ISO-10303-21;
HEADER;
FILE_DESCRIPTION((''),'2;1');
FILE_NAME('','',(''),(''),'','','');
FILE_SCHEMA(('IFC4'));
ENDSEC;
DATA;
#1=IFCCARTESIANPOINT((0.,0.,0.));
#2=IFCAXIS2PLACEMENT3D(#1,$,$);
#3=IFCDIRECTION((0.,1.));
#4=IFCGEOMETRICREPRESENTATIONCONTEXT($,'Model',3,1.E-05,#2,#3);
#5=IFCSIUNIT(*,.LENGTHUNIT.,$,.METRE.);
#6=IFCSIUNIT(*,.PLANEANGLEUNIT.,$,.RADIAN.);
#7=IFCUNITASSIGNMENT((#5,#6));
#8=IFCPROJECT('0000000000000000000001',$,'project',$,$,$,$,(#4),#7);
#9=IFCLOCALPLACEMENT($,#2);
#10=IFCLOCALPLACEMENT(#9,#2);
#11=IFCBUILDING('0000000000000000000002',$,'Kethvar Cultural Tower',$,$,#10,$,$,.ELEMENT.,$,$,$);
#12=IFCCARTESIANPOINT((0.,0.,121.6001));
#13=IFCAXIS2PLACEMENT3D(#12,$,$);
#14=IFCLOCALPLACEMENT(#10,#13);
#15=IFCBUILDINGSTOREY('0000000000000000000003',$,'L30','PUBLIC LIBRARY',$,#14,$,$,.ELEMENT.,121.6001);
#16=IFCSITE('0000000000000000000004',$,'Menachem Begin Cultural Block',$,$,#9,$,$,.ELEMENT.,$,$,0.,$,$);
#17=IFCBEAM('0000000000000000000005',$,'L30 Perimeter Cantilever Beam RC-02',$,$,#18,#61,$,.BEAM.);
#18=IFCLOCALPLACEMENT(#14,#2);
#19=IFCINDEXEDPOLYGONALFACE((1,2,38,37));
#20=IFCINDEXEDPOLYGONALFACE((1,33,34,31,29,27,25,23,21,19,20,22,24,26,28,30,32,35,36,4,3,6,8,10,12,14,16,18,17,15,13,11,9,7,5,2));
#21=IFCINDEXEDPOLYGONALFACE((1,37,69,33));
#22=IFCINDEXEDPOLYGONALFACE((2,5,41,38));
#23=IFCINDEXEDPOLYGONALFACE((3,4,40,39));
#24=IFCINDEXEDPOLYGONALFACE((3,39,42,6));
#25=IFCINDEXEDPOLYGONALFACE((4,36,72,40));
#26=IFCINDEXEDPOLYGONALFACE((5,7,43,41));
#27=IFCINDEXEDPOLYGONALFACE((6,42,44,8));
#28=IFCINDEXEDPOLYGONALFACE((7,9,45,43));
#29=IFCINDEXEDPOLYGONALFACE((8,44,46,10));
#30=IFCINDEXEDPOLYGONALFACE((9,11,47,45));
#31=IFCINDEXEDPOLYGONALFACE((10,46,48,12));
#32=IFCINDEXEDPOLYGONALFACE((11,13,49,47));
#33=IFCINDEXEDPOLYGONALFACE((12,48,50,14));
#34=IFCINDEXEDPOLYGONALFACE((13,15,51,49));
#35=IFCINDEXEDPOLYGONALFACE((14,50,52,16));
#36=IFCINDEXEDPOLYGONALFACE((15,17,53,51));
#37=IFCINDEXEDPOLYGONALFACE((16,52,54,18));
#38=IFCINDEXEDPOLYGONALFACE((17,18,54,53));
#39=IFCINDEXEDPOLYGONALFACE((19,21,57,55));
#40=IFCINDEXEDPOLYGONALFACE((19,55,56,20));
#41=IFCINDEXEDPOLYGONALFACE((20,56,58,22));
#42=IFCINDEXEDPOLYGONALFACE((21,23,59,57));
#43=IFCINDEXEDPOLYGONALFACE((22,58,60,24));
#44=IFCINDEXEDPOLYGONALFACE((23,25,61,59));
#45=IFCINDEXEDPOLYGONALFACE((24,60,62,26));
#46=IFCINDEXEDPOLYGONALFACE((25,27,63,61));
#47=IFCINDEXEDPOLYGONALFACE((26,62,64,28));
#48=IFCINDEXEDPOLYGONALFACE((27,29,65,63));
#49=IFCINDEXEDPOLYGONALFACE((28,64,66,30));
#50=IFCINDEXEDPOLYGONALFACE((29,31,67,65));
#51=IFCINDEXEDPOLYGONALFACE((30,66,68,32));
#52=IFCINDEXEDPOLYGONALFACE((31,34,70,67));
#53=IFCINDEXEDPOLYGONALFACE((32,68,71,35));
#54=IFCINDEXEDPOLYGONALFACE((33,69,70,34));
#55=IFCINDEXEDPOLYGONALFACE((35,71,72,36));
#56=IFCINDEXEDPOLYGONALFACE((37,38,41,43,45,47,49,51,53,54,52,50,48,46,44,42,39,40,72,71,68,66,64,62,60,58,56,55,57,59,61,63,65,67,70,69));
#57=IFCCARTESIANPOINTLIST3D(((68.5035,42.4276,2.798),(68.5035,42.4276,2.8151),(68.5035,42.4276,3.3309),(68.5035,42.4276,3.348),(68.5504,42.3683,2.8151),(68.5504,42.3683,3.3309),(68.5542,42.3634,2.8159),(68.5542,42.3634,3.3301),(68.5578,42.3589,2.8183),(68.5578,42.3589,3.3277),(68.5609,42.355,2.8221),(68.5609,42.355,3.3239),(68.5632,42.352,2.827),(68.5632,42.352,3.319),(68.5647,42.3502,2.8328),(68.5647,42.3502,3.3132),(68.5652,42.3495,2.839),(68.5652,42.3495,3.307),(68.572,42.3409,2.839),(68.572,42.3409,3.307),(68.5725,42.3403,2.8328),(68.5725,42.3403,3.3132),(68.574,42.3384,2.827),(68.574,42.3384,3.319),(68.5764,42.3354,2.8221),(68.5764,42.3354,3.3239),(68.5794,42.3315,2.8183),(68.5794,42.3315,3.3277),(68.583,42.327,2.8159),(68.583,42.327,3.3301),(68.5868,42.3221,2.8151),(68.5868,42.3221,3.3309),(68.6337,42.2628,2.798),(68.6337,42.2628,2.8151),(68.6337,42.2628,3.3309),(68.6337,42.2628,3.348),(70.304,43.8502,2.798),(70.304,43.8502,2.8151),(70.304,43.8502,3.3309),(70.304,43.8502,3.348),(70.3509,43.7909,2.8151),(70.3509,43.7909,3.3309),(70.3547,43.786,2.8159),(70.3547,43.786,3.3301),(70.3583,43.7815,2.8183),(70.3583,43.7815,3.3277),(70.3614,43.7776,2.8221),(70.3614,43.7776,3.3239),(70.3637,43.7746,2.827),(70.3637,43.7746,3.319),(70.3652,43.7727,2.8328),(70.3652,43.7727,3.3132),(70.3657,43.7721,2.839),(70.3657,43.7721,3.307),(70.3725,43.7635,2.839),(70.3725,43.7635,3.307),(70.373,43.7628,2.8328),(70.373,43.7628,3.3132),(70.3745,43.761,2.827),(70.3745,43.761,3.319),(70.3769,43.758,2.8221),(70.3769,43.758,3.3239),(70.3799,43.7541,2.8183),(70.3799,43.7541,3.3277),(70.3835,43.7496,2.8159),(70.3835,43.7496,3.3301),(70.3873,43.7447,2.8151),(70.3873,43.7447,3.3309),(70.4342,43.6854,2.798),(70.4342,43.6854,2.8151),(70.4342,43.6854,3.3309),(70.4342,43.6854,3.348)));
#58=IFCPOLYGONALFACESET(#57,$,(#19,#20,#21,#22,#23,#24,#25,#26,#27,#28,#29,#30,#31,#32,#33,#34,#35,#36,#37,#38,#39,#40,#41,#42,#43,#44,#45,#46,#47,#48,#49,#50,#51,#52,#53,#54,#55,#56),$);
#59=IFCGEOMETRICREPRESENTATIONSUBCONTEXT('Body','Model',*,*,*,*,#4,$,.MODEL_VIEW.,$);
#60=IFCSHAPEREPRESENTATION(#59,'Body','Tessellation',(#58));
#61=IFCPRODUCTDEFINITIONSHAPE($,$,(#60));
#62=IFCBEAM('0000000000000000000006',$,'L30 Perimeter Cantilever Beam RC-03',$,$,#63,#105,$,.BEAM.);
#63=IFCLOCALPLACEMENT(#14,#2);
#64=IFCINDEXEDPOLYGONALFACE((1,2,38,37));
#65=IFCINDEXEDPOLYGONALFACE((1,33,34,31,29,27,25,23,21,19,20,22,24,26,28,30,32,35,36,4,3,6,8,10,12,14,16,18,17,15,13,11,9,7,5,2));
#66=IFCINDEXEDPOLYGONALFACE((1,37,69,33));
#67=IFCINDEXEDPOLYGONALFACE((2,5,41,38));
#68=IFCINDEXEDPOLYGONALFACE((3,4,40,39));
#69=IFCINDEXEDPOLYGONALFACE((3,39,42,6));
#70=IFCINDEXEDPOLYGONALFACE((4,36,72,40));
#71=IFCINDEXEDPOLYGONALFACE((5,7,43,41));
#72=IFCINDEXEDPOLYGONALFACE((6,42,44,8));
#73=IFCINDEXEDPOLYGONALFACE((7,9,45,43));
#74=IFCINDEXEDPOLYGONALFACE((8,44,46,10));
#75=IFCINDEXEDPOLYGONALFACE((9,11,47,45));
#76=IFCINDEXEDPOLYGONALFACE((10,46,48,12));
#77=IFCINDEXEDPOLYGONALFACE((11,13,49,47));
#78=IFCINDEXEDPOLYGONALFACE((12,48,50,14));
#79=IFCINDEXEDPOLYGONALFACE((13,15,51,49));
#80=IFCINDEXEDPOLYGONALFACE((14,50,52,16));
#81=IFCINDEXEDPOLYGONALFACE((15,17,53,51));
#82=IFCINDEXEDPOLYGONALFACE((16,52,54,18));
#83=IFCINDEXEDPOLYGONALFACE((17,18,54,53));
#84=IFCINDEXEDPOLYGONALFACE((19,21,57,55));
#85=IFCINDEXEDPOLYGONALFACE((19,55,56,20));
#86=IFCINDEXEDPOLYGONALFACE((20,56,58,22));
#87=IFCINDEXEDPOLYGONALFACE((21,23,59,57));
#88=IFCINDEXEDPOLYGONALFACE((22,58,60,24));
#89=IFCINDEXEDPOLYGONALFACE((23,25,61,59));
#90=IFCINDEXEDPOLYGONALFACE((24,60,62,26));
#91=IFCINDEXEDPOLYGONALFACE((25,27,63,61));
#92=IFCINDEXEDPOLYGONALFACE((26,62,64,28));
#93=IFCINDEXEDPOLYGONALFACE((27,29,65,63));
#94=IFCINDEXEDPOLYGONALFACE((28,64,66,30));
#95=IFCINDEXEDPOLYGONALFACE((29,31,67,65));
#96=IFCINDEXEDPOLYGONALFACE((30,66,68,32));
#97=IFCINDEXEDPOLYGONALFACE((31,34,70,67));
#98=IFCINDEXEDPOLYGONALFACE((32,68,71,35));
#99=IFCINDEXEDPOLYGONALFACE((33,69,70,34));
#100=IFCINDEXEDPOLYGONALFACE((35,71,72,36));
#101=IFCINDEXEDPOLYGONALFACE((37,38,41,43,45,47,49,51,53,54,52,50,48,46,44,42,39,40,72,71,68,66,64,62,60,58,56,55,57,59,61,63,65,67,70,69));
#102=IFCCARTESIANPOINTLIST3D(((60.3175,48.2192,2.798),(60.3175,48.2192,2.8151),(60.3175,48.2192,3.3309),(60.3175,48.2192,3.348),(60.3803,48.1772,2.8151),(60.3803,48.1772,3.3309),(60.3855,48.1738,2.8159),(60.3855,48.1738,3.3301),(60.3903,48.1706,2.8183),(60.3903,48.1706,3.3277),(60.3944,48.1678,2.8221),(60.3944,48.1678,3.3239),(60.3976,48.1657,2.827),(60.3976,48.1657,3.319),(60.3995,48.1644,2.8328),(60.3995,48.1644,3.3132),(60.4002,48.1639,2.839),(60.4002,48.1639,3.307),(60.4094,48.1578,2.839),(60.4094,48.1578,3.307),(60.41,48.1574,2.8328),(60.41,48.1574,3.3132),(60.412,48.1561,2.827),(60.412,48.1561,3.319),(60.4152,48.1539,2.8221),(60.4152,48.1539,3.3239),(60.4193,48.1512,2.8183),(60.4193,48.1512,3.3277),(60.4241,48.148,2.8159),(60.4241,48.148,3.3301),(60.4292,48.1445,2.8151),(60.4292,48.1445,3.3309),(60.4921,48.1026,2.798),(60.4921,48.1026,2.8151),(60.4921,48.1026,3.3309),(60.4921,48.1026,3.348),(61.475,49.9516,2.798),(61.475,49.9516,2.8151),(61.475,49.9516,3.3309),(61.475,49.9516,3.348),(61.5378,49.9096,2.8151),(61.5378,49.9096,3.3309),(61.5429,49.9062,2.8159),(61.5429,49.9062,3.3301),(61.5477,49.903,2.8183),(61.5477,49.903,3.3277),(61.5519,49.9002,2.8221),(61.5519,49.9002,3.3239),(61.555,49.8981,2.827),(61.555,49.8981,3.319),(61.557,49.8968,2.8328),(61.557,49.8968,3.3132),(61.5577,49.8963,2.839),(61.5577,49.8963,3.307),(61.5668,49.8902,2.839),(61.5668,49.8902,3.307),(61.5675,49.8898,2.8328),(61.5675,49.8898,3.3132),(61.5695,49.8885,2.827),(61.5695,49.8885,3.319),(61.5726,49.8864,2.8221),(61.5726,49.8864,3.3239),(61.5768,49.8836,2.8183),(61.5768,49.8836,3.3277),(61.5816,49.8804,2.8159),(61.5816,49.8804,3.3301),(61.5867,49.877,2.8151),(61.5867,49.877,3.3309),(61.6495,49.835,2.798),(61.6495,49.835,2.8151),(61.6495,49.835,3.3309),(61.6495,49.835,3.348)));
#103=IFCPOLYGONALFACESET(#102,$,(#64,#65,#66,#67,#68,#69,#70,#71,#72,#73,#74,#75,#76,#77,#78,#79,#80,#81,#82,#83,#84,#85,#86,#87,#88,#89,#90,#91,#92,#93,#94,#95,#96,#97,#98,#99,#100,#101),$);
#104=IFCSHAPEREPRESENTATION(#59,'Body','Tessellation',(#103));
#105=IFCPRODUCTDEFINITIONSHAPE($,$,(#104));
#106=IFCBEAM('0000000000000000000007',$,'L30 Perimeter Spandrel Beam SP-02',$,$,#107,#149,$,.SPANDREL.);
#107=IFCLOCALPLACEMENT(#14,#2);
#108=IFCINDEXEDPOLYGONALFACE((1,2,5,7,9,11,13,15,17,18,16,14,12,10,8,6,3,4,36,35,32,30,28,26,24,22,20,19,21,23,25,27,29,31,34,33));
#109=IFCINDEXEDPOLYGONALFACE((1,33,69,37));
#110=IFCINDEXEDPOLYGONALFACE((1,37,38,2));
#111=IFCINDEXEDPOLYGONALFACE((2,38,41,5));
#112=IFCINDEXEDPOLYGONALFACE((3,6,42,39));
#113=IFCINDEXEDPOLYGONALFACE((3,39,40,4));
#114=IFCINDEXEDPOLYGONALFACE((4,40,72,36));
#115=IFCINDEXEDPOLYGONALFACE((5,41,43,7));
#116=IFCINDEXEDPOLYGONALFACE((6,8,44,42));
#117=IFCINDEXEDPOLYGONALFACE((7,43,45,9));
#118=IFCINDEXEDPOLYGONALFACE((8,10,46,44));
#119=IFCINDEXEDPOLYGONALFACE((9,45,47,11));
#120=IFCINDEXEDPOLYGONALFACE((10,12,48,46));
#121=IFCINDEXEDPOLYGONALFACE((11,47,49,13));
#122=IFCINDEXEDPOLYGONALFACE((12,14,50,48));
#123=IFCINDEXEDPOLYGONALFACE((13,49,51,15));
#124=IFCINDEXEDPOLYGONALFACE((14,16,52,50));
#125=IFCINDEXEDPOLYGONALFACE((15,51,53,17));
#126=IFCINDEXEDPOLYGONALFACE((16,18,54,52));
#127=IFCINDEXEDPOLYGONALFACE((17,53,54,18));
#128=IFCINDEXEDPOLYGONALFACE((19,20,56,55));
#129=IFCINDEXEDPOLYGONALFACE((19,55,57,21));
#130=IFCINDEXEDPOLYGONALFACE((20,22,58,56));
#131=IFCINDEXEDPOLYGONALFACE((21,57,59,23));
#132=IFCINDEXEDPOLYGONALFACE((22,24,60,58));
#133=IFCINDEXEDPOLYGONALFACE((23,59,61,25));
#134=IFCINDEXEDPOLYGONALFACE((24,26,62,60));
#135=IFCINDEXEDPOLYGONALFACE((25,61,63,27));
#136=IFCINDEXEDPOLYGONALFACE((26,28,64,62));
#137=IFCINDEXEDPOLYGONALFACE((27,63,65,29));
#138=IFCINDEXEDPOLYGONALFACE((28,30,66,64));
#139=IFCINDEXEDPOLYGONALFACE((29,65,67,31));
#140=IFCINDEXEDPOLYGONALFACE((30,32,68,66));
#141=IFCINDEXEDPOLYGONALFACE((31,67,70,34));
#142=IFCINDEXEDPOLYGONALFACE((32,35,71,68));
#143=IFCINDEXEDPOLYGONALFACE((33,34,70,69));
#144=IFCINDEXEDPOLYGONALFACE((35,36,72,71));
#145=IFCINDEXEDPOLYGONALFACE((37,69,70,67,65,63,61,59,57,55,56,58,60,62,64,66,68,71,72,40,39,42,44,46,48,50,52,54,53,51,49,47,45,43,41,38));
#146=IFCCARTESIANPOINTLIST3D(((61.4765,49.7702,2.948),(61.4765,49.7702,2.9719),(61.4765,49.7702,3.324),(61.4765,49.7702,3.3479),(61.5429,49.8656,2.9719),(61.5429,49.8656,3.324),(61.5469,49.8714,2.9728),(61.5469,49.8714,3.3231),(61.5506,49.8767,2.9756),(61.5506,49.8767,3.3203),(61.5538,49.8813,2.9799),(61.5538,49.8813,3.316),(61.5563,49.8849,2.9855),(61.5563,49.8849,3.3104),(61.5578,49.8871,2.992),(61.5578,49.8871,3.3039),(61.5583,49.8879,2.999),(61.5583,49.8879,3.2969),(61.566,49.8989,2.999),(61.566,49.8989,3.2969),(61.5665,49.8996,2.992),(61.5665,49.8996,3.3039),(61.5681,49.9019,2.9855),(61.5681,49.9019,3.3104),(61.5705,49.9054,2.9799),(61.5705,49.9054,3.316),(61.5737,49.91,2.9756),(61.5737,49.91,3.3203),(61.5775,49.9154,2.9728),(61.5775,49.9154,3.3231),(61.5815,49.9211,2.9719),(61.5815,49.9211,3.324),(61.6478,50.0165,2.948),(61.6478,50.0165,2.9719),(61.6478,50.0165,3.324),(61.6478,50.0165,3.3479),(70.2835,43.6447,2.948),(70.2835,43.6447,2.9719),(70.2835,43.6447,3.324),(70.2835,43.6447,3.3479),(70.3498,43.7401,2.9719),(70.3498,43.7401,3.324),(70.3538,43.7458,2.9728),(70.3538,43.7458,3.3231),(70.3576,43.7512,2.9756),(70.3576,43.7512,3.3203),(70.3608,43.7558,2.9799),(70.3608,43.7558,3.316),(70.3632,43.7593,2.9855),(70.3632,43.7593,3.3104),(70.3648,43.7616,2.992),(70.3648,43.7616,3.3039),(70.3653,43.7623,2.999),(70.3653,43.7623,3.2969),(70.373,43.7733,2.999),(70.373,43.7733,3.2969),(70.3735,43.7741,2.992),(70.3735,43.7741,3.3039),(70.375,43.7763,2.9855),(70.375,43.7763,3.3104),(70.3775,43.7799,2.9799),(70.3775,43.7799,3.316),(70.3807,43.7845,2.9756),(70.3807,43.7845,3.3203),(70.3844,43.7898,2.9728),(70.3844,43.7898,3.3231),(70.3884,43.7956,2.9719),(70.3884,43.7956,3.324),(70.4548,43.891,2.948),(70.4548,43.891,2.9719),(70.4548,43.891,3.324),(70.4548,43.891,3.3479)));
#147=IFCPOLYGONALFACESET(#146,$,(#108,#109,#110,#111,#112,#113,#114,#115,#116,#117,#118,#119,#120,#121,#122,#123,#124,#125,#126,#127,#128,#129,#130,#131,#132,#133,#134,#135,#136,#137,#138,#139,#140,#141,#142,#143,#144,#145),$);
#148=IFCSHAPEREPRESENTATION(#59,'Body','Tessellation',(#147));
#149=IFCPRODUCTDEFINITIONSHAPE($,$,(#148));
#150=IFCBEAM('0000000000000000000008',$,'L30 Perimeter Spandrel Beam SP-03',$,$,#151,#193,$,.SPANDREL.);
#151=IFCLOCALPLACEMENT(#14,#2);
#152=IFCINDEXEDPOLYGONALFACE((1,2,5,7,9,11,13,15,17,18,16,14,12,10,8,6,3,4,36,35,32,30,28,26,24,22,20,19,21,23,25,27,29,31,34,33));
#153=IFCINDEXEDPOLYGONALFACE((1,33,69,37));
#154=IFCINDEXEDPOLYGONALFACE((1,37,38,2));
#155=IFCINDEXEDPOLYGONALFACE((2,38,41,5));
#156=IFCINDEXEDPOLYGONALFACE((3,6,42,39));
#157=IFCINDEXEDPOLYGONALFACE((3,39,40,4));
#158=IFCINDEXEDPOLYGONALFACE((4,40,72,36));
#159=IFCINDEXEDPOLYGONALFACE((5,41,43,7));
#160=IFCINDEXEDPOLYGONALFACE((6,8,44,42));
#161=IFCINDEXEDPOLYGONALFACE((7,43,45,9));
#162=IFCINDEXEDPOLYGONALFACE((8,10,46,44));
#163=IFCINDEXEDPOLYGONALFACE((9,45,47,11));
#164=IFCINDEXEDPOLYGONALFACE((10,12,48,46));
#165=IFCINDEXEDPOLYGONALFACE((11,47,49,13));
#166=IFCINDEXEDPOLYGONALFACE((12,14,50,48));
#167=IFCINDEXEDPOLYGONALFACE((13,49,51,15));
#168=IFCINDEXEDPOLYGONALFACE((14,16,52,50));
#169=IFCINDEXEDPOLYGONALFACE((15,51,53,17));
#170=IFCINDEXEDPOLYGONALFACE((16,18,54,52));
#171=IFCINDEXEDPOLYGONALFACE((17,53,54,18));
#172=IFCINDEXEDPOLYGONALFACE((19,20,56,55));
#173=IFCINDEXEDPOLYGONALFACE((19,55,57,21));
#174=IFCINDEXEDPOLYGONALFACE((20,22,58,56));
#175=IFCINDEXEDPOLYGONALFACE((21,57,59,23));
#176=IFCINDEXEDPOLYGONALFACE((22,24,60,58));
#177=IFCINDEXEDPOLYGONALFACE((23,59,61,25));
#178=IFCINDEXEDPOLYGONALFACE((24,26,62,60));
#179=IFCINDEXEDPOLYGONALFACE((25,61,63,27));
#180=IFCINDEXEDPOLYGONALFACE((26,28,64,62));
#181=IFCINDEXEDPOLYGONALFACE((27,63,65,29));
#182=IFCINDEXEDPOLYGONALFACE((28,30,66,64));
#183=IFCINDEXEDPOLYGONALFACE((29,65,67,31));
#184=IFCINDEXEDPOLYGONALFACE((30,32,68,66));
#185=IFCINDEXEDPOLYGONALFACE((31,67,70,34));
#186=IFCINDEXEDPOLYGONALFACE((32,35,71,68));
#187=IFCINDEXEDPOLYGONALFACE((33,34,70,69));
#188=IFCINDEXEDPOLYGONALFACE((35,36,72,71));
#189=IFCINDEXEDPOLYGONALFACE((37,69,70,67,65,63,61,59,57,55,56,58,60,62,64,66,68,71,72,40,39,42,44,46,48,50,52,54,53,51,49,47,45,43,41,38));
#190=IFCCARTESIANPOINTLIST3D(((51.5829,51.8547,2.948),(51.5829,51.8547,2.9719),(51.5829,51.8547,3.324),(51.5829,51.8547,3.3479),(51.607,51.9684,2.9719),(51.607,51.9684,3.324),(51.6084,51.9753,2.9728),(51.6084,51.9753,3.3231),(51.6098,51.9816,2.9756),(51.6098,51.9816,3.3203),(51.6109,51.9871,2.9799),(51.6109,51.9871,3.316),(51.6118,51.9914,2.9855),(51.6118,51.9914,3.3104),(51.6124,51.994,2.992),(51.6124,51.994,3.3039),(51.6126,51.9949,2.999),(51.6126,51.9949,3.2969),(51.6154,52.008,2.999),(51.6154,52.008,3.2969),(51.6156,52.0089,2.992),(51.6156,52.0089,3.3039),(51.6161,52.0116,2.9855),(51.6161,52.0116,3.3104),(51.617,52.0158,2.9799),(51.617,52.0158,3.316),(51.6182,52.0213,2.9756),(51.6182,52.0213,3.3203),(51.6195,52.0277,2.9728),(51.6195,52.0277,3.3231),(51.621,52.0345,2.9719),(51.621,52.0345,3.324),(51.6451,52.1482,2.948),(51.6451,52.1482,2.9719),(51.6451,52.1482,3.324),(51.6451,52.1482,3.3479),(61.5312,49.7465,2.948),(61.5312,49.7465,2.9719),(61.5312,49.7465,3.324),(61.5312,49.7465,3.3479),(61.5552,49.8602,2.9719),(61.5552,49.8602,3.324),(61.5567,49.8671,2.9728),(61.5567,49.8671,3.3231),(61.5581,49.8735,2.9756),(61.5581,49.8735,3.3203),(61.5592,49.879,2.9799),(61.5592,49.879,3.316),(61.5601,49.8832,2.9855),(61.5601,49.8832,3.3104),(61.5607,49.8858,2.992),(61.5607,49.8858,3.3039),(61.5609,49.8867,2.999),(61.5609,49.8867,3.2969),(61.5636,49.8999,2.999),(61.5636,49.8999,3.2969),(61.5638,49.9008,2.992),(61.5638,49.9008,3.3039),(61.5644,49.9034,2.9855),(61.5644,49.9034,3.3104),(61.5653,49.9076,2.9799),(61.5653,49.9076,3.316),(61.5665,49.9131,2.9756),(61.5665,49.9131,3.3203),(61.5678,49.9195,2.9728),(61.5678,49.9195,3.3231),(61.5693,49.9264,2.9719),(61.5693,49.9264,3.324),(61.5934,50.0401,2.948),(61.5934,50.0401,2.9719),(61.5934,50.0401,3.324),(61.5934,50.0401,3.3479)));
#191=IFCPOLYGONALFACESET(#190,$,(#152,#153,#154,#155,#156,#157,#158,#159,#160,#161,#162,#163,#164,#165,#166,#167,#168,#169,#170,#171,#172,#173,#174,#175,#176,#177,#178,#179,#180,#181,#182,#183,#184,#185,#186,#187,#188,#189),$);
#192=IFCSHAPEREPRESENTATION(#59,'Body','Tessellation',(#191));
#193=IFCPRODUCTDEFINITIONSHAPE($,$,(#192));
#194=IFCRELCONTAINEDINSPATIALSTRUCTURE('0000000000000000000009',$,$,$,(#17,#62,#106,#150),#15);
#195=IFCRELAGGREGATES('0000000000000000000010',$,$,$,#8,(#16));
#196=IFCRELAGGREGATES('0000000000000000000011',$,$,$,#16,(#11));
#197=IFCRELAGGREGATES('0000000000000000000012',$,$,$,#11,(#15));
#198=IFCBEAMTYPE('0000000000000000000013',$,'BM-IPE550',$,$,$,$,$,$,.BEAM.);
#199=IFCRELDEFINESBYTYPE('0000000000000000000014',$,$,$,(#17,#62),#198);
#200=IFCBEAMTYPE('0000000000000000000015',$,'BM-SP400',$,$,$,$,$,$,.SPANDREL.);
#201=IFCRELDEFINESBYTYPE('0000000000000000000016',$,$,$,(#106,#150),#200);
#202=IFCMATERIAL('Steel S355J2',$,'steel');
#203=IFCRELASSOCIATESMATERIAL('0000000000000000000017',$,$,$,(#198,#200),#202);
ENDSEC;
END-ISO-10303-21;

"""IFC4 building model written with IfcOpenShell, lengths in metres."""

from ifc_helpers import new_model, si_unit, direction, frame, origin, origin_2d, place, context, subcontext, project, spatial, i_section, extrude, source, transform, mapped, material, material_profile, profile_set, type_object, element, save


model = new_model("IFC4")

# Units and contexts
model_context = context("Model", 3, precision=1e-05, world=origin(), true_north=direction((0.0, 1.0)))
body_context = subcontext(model_context, "Body", "Model", "MODEL_VIEW")
ifc_project = project(units=[si_unit("LENGTHUNIT", "METRE"), si_unit("PLANEANGLEUNIT", "RADIAN")], contexts=[model_context])

# Site, building, storey
site_placement = place(None, origin())
site = spatial("IfcSite", under=ifc_project, at=site_placement, Name="Menachem Begin Cultural Block", CompositionType="ELEMENT", RefElevation=0.0)
building_placement = place(site_placement, origin())
building = spatial("IfcBuilding", under=site, at=building_placement, Name="Kethvar Cultural Tower", CompositionType="ELEMENT")
storey_placement = place(building_placement, frame((0.0, 0.0, 121.6001)))
storey = spatial("IfcBuildingStorey", under=building, at=storey_placement, Name="L30", Description="PUBLIC LIBRARY", CompositionType="ELEMENT", Elevation=121.6001)

# Beams
ifc_material_1 = material(Name="Steel S355J2", Category="steel")
ifc_material_profile_1 = material_profile(ifc_material_1, i_section(OverallWidth=0.21, OverallDepth=0.55, WebThickness=0.011, FlangeThickness=0.0171, FilletRadius=0.0239, at=origin_2d()), Name="Steel S355J2 — IPE550")
ifc_profile_set_1 = profile_set([ifc_material_profile_1], Name="Steel S355J2 — IPE550")
beam_type_1 = type_object("IfcBeamType", Name="BM-IPE550", PredefinedType="BEAM", material=ifc_profile_set_1)
shared_shape_1 = source(origin(), body_context, "Body", "SweptSolid", [
    extrude(i_section(OverallWidth=0.21, OverallDepth=0.55, WebThickness=0.011, FlangeThickness=0.0171, FilletRadius=0.0239, at=origin_2d()), origin(), (0.0, 0.0, 1.0), 2.2947),
])
beam_1_placement = place(storey_placement, frame((68.5686, 42.3452, 3.073), z_axis=(0.784643, 0.619948, 0.0), x_axis=(-0.619948, 0.784643, 0.0)))
element("IfcBeam", 1, at=beam_1_placement, inside=storey, type_object=beam_type_1, Name="L30 Perimeter Cantilever Beam RC-02", PredefinedType="BEAM", context=body_context, shape_type="MappedRepresentation", body=[
    mapped(shared_shape_1, transform((0.0, 0.0, 0.0), scale=1.0)),
])
shared_shape_2 = source(origin(), body_context, "Body", "SweptSolid", [
    extrude(i_section(OverallWidth=0.21, OverallDepth=0.55, WebThickness=0.011, FlangeThickness=0.0171, FilletRadius=0.0239, at=origin_2d()), origin(), (0.0, 0.0, 1.0), 2.0835),
])
beam_2_placement = place(storey_placement, frame((60.4048, 48.1609, 3.073), z_axis=(0.555538, 0.831491, 0.0), x_axis=(-0.831491, 0.555538, 0.0)))
element("IfcBeam", 2, at=beam_2_placement, inside=storey, type_object=beam_type_1, Name="L30 Perimeter Cantilever Beam RC-03", PredefinedType="BEAM", context=body_context, shape_type="MappedRepresentation", body=[
    mapped(shared_shape_2, transform((0.0, 0.0, 0.0), scale=1.0)),
])
ifc_material_profile_2 = material_profile(ifc_material_1, i_section(OverallWidth=0.3, OverallDepth=0.3999, WebThickness=0.0134, FlangeThickness=0.0239, FilletRadius=0.0271, at=origin_2d()), Name="Steel S355J2 — HEB400")
ifc_profile_set_2 = profile_set([ifc_material_profile_2], Name="Steel S355J2 — HEB400")
beam_type_2 = type_object("IfcBeamType", Name="BM-SP400", PredefinedType="SPANDREL", material=ifc_profile_set_2)
shared_shape_3 = source(origin(), body_context, "Body", "SweptSolid", [
    extrude(i_section(OverallWidth=0.3, OverallDepth=0.3999, WebThickness=0.0134, FlangeThickness=0.0239, FilletRadius=0.0271, at=origin_2d()), origin(), (0.0, 0.0, 1.0), 10.7278),
])
beam_3_placement = place(storey_placement, frame((70.3691, 43.7678, 3.1479), z_axis=(-0.820951, 0.570999, 0.0), x_axis=(-0.570999, -0.820951, 0.0)))
element("IfcBeam", 3, at=beam_3_placement, inside=storey, type_object=beam_type_2, Name="L30 Perimeter Spandrel Beam SP-02", PredefinedType="SPANDREL", context=body_context, shape_type="MappedRepresentation", body=[
    mapped(shared_shape_3, transform((0.0, 0.0, 0.0), scale=1.0)),
])
shared_shape_4 = source(origin(), body_context, "Body", "SweptSolid", [
    extrude(i_section(OverallWidth=0.3, OverallDepth=0.3999, WebThickness=0.0134, FlangeThickness=0.0239, FilletRadius=0.0271, at=origin_2d()), origin(), (0.0, 0.0, 1.0), 10.1692),
])
beam_4_placement = place(storey_placement, frame((61.5623, 49.8933, 3.1479), z_axis=(-0.978276, 0.207309, 0.0), x_axis=(-0.207309, -0.978276, 0.0)))
element("IfcBeam", 4, at=beam_4_placement, inside=storey, type_object=beam_type_2, Name="L30 Perimeter Spandrel Beam SP-03", PredefinedType="SPANDREL", context=body_context, shape_type="MappedRepresentation", body=[
    mapped(shared_shape_4, transform((0.0, 0.0, 0.0), scale=1.0)),
])

save(model, "model.ifc")
